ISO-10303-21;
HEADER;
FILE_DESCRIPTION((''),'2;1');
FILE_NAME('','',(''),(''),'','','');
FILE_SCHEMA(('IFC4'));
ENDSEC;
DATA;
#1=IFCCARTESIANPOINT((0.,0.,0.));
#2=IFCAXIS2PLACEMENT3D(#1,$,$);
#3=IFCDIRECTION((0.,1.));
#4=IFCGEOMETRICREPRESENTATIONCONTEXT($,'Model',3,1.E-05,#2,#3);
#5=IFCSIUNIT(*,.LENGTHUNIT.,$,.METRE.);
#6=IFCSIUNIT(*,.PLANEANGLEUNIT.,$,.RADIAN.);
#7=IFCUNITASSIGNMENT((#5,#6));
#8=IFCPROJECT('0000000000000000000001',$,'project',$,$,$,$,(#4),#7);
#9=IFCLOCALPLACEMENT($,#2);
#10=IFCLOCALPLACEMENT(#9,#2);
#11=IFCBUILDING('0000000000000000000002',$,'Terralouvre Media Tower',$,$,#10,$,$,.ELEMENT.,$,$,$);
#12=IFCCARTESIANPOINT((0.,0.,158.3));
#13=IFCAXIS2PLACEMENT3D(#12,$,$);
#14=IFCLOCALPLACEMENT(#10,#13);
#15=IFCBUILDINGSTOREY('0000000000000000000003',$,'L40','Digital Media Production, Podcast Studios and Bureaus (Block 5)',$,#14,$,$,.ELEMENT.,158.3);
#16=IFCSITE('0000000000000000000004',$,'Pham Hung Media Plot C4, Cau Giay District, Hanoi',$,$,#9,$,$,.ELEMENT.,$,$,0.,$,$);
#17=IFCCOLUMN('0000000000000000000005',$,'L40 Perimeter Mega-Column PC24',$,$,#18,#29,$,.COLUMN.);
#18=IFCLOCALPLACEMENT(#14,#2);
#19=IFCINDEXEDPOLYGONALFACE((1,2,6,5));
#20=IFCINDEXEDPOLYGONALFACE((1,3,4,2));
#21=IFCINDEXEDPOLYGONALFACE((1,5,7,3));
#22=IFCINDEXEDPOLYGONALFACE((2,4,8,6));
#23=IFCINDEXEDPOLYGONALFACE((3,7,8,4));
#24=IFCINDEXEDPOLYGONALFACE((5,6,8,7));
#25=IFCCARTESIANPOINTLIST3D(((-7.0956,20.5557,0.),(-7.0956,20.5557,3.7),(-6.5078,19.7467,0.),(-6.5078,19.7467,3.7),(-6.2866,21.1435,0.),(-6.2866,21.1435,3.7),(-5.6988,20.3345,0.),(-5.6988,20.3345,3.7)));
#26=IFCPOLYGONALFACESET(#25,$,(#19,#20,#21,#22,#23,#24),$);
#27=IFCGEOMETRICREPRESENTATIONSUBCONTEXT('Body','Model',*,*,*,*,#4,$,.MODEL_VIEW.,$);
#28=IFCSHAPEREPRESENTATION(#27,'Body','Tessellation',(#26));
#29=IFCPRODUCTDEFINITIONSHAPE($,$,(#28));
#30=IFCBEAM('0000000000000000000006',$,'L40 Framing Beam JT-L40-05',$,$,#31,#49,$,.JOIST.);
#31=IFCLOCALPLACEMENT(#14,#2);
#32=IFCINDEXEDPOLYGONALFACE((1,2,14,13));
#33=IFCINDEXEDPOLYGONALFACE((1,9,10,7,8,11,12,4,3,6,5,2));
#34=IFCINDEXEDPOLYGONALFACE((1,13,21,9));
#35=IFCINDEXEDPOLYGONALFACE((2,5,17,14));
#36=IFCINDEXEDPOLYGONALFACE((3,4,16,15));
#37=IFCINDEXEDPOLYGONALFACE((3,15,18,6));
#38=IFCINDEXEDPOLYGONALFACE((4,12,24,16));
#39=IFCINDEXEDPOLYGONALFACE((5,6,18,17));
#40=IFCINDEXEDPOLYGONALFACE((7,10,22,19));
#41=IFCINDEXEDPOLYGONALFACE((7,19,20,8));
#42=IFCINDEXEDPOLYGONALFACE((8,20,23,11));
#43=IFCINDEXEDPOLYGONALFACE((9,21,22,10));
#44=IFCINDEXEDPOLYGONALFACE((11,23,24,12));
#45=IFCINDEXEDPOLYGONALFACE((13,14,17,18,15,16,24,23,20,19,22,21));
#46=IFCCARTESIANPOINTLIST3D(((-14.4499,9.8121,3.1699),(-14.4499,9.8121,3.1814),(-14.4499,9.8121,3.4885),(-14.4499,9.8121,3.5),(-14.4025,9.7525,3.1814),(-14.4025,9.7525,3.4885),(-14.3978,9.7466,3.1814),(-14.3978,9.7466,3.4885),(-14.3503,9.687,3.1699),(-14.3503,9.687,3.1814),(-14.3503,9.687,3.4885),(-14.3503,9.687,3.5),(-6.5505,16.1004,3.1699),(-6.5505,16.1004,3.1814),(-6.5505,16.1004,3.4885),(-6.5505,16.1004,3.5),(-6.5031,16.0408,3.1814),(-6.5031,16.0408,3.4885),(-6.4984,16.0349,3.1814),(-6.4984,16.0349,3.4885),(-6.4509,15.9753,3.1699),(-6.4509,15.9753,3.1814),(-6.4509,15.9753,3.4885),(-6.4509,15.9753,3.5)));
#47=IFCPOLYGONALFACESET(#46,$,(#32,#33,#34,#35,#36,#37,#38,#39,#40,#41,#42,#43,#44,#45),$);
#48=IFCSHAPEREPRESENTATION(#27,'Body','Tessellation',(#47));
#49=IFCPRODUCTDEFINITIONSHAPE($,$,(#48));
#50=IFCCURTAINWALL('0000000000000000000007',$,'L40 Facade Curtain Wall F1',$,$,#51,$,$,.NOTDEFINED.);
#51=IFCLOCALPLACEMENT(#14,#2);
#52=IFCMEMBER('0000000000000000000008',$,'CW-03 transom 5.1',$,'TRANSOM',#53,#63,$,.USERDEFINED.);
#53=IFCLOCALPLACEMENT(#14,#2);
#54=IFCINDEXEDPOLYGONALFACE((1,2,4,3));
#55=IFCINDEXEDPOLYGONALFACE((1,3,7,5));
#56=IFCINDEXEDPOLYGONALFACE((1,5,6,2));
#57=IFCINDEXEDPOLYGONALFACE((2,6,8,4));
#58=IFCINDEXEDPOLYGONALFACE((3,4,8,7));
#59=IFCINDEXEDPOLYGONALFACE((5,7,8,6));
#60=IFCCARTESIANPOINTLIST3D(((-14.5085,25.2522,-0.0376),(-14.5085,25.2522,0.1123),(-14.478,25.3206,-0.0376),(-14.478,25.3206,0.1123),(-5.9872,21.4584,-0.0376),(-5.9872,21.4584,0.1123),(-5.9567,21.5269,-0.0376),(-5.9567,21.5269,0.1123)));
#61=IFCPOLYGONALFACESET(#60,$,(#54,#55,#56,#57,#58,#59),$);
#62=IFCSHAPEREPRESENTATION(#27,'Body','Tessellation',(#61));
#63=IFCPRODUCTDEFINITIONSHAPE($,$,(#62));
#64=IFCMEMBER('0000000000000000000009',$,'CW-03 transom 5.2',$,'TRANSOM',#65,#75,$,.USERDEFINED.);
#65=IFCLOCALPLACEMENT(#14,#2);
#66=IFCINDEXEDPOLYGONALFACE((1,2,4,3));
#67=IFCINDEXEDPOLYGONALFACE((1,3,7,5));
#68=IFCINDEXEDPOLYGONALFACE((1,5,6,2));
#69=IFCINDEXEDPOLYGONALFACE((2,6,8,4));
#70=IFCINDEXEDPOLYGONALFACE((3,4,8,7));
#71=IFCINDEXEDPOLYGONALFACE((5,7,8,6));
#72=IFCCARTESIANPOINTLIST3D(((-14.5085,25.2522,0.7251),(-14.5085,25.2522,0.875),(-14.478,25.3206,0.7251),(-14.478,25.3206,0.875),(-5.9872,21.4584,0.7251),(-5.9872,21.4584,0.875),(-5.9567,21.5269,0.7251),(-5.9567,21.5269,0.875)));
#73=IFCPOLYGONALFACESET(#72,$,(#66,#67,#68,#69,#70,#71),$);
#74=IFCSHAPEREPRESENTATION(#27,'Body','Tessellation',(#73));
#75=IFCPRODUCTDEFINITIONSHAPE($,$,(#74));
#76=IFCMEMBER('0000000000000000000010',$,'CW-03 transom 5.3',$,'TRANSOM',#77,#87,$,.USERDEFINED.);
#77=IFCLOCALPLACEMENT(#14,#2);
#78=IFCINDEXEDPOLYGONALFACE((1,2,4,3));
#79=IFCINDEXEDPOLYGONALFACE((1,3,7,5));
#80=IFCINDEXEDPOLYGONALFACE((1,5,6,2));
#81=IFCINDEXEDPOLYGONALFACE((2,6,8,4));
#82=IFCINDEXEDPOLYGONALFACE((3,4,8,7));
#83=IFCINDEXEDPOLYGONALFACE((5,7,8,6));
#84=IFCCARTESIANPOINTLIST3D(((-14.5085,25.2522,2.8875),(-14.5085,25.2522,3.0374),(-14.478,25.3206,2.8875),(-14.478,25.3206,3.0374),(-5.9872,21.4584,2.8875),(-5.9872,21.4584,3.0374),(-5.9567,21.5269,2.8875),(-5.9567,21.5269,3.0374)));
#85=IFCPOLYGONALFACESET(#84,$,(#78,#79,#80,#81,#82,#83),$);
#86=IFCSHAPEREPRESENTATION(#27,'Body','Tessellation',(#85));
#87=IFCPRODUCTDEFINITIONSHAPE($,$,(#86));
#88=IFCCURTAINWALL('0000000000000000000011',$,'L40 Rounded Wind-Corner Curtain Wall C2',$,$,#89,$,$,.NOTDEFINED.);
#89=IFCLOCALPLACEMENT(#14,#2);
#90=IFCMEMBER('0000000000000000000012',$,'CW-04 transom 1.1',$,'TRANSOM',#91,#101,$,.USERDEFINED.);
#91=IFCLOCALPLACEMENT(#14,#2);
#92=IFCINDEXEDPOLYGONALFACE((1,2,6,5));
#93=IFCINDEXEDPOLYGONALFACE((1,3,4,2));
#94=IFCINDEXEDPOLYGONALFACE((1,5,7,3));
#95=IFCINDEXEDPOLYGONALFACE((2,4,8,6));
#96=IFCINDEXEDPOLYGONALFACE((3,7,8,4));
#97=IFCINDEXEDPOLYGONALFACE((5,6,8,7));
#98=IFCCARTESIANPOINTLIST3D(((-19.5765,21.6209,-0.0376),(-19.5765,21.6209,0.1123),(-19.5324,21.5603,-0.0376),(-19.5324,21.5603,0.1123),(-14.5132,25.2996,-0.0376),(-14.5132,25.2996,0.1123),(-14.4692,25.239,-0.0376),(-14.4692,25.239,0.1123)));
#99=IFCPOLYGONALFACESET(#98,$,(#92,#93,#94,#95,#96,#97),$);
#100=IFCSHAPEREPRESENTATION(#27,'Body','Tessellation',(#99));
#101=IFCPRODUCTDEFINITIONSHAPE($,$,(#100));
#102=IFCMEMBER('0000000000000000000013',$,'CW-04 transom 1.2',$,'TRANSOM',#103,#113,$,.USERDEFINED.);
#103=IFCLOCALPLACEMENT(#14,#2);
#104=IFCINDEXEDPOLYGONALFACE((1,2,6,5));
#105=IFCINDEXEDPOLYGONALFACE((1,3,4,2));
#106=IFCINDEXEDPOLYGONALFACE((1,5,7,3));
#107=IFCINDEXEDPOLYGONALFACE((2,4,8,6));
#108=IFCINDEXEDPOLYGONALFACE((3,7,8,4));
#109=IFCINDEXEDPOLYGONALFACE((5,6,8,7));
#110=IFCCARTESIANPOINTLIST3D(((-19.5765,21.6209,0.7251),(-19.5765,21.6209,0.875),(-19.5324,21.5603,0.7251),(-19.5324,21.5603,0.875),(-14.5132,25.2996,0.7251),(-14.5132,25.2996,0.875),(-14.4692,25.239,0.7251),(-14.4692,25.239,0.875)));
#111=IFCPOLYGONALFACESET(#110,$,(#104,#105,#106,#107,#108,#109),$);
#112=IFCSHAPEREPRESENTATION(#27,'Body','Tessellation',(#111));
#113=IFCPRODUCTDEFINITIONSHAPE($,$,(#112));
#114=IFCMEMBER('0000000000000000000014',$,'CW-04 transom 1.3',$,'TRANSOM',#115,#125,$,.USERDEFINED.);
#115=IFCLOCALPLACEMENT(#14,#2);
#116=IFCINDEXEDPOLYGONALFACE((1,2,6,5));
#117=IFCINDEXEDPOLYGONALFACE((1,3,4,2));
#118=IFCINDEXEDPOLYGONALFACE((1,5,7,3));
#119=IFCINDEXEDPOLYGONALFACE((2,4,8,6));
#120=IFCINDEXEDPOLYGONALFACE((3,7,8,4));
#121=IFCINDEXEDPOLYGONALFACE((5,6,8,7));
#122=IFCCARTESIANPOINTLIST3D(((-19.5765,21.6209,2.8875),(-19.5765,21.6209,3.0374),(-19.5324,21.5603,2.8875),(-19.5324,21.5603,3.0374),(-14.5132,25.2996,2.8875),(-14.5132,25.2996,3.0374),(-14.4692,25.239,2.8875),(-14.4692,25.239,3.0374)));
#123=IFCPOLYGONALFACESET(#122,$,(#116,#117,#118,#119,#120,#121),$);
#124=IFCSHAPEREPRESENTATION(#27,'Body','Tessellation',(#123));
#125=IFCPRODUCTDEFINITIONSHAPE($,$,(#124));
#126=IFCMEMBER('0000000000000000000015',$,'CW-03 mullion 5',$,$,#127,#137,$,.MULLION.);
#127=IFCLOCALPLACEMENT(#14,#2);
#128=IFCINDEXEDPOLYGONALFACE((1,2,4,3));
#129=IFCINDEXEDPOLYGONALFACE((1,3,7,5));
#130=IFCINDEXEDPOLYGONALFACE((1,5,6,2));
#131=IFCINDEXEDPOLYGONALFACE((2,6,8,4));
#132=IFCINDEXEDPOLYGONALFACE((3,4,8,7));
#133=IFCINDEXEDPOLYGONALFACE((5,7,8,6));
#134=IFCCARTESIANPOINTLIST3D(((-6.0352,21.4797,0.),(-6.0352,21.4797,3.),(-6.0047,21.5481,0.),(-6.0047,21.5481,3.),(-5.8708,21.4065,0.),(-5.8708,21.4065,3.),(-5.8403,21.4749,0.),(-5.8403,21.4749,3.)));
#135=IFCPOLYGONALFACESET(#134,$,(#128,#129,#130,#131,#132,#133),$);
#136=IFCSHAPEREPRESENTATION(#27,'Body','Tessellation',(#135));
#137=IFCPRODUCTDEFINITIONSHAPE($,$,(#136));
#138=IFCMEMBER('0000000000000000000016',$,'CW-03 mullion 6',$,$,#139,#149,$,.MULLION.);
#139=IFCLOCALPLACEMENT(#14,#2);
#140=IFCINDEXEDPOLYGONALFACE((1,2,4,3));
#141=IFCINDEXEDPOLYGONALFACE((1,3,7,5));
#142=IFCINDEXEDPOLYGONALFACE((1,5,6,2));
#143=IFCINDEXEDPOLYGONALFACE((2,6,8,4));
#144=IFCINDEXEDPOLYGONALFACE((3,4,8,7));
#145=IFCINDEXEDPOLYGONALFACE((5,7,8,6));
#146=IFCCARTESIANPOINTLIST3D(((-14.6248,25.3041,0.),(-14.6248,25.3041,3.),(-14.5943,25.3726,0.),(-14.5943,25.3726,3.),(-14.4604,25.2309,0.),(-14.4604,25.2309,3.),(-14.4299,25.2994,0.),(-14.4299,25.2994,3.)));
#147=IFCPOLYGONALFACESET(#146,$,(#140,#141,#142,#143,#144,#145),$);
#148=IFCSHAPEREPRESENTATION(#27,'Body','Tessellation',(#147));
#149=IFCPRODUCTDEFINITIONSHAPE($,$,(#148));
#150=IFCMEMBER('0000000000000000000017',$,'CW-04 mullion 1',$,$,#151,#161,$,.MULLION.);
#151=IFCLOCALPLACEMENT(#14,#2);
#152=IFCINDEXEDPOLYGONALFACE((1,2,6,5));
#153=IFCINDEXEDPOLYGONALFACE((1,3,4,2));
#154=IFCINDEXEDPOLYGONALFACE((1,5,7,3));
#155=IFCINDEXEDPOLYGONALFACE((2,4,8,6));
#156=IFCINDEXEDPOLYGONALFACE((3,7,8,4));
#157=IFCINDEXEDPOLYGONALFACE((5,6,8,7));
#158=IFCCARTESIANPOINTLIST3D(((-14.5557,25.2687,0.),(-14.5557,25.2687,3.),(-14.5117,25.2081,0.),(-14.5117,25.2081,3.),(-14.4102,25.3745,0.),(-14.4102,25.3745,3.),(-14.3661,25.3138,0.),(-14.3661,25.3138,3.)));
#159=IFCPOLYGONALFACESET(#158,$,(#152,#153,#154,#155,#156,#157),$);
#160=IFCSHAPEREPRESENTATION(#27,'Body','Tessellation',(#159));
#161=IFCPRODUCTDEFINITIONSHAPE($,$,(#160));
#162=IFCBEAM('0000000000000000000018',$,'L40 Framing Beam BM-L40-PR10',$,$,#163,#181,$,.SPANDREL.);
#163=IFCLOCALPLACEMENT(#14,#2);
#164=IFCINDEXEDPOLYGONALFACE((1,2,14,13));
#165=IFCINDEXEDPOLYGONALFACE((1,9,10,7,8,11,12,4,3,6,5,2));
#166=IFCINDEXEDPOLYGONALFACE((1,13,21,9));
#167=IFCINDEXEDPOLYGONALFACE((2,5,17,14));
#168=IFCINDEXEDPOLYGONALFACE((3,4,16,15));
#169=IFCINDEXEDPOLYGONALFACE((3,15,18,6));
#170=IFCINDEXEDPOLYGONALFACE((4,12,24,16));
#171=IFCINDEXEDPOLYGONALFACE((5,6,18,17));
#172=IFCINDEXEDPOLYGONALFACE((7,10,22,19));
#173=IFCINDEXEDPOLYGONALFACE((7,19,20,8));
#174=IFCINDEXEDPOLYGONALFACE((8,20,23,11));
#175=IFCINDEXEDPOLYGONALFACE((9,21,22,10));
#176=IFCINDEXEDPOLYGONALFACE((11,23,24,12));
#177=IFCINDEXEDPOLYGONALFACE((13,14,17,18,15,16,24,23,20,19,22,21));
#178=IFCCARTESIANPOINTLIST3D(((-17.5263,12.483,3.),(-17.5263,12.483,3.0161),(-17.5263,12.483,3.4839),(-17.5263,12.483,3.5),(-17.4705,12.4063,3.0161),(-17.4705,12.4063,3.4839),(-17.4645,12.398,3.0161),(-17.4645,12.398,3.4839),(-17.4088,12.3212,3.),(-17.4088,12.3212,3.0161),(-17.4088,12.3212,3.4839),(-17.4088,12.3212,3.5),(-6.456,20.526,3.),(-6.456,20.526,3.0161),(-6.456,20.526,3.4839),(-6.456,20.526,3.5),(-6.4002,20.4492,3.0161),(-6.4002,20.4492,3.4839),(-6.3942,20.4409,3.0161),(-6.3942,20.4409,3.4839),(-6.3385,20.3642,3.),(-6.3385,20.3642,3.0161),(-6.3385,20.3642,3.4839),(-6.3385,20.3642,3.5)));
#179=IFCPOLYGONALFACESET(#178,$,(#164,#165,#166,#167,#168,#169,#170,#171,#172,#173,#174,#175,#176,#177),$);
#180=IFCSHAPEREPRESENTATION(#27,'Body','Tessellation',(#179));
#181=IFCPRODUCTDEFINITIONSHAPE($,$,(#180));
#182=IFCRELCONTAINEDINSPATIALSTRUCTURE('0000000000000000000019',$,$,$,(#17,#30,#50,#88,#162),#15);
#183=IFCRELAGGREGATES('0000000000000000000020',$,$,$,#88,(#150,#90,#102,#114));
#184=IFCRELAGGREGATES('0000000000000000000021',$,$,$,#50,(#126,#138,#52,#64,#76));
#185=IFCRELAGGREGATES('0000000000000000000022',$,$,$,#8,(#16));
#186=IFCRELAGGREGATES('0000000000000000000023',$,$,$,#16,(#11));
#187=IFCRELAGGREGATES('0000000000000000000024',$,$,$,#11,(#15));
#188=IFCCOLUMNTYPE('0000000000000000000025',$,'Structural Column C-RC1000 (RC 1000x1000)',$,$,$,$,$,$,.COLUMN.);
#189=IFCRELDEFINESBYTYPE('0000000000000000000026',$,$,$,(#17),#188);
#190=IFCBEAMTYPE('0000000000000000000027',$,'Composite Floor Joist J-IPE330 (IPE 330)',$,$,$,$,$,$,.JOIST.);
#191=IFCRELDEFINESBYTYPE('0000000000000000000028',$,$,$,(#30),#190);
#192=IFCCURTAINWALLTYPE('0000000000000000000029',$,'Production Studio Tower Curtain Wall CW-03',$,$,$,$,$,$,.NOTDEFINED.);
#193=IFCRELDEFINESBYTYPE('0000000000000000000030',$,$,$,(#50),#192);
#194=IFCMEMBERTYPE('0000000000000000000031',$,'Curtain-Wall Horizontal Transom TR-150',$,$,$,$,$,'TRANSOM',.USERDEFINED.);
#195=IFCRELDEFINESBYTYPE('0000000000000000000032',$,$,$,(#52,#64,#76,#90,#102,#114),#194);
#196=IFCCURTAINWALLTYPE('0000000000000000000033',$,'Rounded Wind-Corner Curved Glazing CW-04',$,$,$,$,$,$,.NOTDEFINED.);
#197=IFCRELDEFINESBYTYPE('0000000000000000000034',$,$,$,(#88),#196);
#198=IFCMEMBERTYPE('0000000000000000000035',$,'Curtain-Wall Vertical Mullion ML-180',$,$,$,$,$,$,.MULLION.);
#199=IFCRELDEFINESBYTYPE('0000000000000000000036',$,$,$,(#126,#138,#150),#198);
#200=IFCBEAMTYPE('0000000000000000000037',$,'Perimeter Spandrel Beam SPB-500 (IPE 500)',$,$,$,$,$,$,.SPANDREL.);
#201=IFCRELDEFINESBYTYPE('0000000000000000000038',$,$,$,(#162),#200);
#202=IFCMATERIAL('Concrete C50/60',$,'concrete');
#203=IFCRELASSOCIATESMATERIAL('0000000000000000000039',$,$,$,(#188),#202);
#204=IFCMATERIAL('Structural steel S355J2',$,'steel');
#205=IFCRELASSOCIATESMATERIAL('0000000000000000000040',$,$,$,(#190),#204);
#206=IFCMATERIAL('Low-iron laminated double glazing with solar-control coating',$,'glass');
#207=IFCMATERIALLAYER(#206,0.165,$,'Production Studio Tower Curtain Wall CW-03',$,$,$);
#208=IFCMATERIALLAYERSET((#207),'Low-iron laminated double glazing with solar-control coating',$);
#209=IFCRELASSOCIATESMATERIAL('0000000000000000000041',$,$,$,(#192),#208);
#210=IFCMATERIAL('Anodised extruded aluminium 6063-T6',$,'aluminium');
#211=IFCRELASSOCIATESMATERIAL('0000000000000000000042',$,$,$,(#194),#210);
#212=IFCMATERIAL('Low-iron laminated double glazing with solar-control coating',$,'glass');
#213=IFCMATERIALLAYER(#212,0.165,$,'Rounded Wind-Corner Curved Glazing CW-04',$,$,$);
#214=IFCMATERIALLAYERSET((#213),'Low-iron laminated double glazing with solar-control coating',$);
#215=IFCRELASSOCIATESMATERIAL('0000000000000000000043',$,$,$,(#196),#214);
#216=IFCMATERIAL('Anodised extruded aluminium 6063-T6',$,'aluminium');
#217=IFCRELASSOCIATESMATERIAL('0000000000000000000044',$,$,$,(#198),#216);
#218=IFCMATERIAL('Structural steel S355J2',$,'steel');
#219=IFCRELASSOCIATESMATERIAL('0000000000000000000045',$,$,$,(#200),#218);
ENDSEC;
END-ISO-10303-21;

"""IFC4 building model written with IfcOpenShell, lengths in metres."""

from ifc_helpers import new_model, si_unit, direction, frame, origin, origin_2d, place, context, subcontext, project, spatial, rectangle, i_section, extrude, material, layer, layer_set, material_profile, profile_set, type_object, element, aggregate, save


model = new_model("IFC4")

# Units and contexts
model_context = context("Model", 3, precision=1e-05, world=origin(), true_north=direction((0.0, 1.0)))
body_context = subcontext(model_context, "Body", "Model", "MODEL_VIEW")
ifc_project = project(units=[si_unit("LENGTHUNIT", "METRE"), si_unit("PLANEANGLEUNIT", "RADIAN")], contexts=[model_context])

# Site, building, storey
site_placement = place(None, origin())
site = spatial("IfcSite", under=ifc_project, at=site_placement, Name="Pham Hung Media Plot C4, Cau Giay District, Hanoi", CompositionType="ELEMENT", RefElevation=0.0)
building_placement = place(site_placement, origin())
building = spatial("IfcBuilding", under=site, at=building_placement, Name="Terralouvre Media Tower", CompositionType="ELEMENT")
storey_placement = place(building_placement, frame((0.0, 0.0, 158.3)))
storey = spatial("IfcBuildingStorey", under=building, at=storey_placement, Name="L40", Description="Digital Media Production, Podcast Studios and Bureaus (Block 5)", CompositionType="ELEMENT", Elevation=158.3)

# Column
ifc_material_1 = material(Name="Concrete C50/60", Category="concrete")
ifc_material_profile_1 = material_profile(ifc_material_1, rectangle(XDim=1.0, YDim=1.0, at=origin_2d()), Name="RC 1000x1000")
ifc_profile_set_1 = profile_set([ifc_material_profile_1], Name="Concrete C50/60")
column_type = type_object("IfcColumnType", Name="Structural Column C-RC1000 (RC 1000x1000)", PredefinedType="COLUMN", material=ifc_profile_set_1)
column_placement = place(storey_placement, frame((-6.3972, 20.4451, 0.0), z_axis=(0.0, 0.0, 1.0), x_axis=(0.809017, 0.587785, 0.0)))
element("IfcColumn", 1, at=column_placement, inside=storey, type_object=column_type, Name="L40 Perimeter Mega-Column PC24", PredefinedType="COLUMN", context=body_context, shape_type="SweptSolid", body=[
    extrude(rectangle(XDim=1.0, YDim=1.0, at=origin_2d()), origin(), (0.0, 0.0, 1.0), 3.7),
])

# Beam
ifc_material_2 = material(Name="Structural steel S355J2", Category="steel")
ifc_material_profile_2 = material_profile(ifc_material_2, i_section(OverallWidth=0.1599, OverallDepth=0.3301, WebThickness=0.0076, FlangeThickness=0.0115, at=origin_2d()), Name="IPE 330")
ifc_profile_set_2 = profile_set([ifc_material_profile_2], Name="Structural steel S355J2")
beam_type_1 = type_object("IfcBeamType", Name="Composite Floor Joist J-IPE330 (IPE 330)", PredefinedType="JOIST", material=ifc_profile_set_2)
beam_1_placement = place(storey_placement, frame((-6.5007, 16.0378, 3.335), z_axis=(-0.782374, -0.622809, 0.0), x_axis=(0.622809, -0.782374, 0.0)))
element("IfcBeam", 2, at=beam_1_placement, inside=storey, type_object=beam_type_1, Name="L40 Framing Beam JT-L40-05", PredefinedType="JOIST", context=body_context, shape_type="SweptSolid", body=[
    extrude(i_section(OverallWidth=0.1599, OverallDepth=0.3301, WebThickness=0.0076, FlangeThickness=0.0115, at=origin_2d()), origin(), (0.0, 0.0, 1.0), 10.0967),
])

# Curtain walls, members
ifc_material_3 = material(Name="Low-iron laminated double glazing with solar-control coating", Category="glass")
ifc_layer_1 = layer(ifc_material_3, 0.165, Name="Production Studio Tower Curtain Wall CW-03")
ifc_layer_set_1 = layer_set([ifc_layer_1], Name="Low-iron laminated double glazing with solar-control coating")
curtain_wall_type_1 = type_object("IfcCurtainWallType", Name="Production Studio Tower Curtain Wall CW-03", PredefinedType="NOTDEFINED", material=ifc_layer_set_1)
curtain_wall_1_placement = place(storey_placement, origin())
curtain_wall_1 = element("IfcCurtainWall", 3, at=curtain_wall_1_placement, inside=storey, type_object=curtain_wall_type_1, Name="L40 Facade Curtain Wall F1", PredefinedType="NOTDEFINED")
ifc_material_4 = material(Name="Anodised extruded aluminium 6063-T6", Category="aluminium")
ifc_material_profile_3 = material_profile(ifc_material_4, rectangle(XDim=0.075, YDim=0.1499, at=origin_2d()), Name="ALU 75x150")
ifc_profile_set_3 = profile_set([ifc_material_profile_3], Name="Anodised extruded aluminium 6063-T6")
member_type_1 = type_object("IfcMemberType", Name="Curtain-Wall Horizontal Transom TR-150", ElementType="TRANSOM", PredefinedType="USERDEFINED", material=ifc_profile_set_3)
member_1_placement = place(storey_placement, frame((-5.9719, 21.4927, 0.0374), z_axis=(-0.913553, 0.406719, 0.0), x_axis=(-0.406719, -0.913553, 0.0)))
member_1 = element("IfcMember", 4, at=member_1_placement, type_object=member_type_1, Name="CW-03 transom 5.1", ObjectType="TRANSOM", PredefinedType="USERDEFINED", context=body_context, shape_type="SweptSolid", body=[
    extrude(rectangle(XDim=0.075, YDim=0.1499, at=origin_2d()), origin(), (0.0, 0.0, 1.0), 9.3276),
])
member_2_placement = place(storey_placement, frame((-5.9719, 21.4927, 0.8), z_axis=(-0.913553, 0.406719, 0.0), x_axis=(-0.406719, -0.913553, 0.0)))
member_2 = element("IfcMember", 5, at=member_2_placement, type_object=member_type_1, Name="CW-03 transom 5.2", ObjectType="TRANSOM", PredefinedType="USERDEFINED", context=body_context, shape_type="SweptSolid", body=[
    extrude(rectangle(XDim=0.075, YDim=0.1499, at=origin_2d()), origin(), (0.0, 0.0, 1.0), 9.3276),
])
member_3_placement = place(storey_placement, frame((-5.9719, 21.4927, 2.9624), z_axis=(-0.913553, 0.406719, 0.0), x_axis=(-0.406719, -0.913553, 0.0)))
member_3 = element("IfcMember", 6, at=member_3_placement, type_object=member_type_1, Name="CW-03 transom 5.3", ObjectType="TRANSOM", PredefinedType="USERDEFINED", context=body_context, shape_type="SweptSolid", body=[
    extrude(rectangle(XDim=0.075, YDim=0.1499, at=origin_2d()), origin(), (0.0, 0.0, 1.0), 9.3276),
])
ifc_material_5 = material(Name="Low-iron laminated double glazing with solar-control coating", Category="glass")
ifc_layer_2 = layer(ifc_material_5, 0.165, Name="Rounded Wind-Corner Curved Glazing CW-04")
ifc_layer_set_2 = layer_set([ifc_layer_2], Name="Low-iron laminated double glazing with solar-control coating")
curtain_wall_type_2 = type_object("IfcCurtainWallType", Name="Rounded Wind-Corner Curved Glazing CW-04", PredefinedType="NOTDEFINED", material=ifc_layer_set_2)
curtain_wall_2_placement = place(storey_placement, origin())
curtain_wall_2 = element("IfcCurtainWall", 7, at=curtain_wall_2_placement, inside=storey, type_object=curtain_wall_type_2, Name="L40 Rounded Wind-Corner Curtain Wall C2", PredefinedType="NOTDEFINED")
member_4_placement = place(storey_placement, frame((-14.4912, 25.2693, 0.0374), z_axis=(-0.809013, -0.587791, 0.0), x_axis=(0.587791, -0.809013, 0.0)))
member_4 = element("IfcMember", 8, at=member_4_placement, type_object=member_type_1, Name="CW-04 transom 1.1", ObjectType="TRANSOM", PredefinedType="USERDEFINED", context=body_context, shape_type="SweptSolid", body=[
    extrude(rectangle(XDim=0.075, YDim=0.1499, at=origin_2d()), origin(), (0.0, 0.0, 1.0), 6.2585),
])
member_5_placement = place(storey_placement, frame((-14.4912, 25.2693, 0.8), z_axis=(-0.809013, -0.587791, 0.0), x_axis=(0.587791, -0.809013, 0.0)))
member_5 = element("IfcMember", 9, at=member_5_placement, type_object=member_type_1, Name="CW-04 transom 1.2", ObjectType="TRANSOM", PredefinedType="USERDEFINED", context=body_context, shape_type="SweptSolid", body=[
    extrude(rectangle(XDim=0.075, YDim=0.1499, at=origin_2d()), origin(), (0.0, 0.0, 1.0), 6.2585),
])
member_6_placement = place(storey_placement, frame((-14.4912, 25.2693, 2.9624), z_axis=(-0.809013, -0.587791, 0.0), x_axis=(0.587791, -0.809013, 0.0)))
member_6 = element("IfcMember", 10, at=member_6_placement, type_object=member_type_1, Name="CW-04 transom 1.3", ObjectType="TRANSOM", PredefinedType="USERDEFINED", context=body_context, shape_type="SweptSolid", body=[
    extrude(rectangle(XDim=0.075, YDim=0.1499, at=origin_2d()), origin(), (0.0, 0.0, 1.0), 6.2585),
])

# Members
ifc_material_6 = material(Name="Anodised extruded aluminium 6063-T6", Category="aluminium")
ifc_material_profile_4 = material_profile(ifc_material_6, rectangle(XDim=0.075, YDim=0.1799, at=origin_2d()), Name="ALU 75x180")
ifc_profile_set_4 = profile_set([ifc_material_profile_4], Name="Anodised extruded aluminium 6063-T6")
member_type_2 = type_object("IfcMemberType", Name="Curtain-Wall Vertical Mullion ML-180", PredefinedType="MULLION", material=ifc_profile_set_4)
member_7_placement = place(storey_placement, frame((-5.9377, 21.4773, 0.0), z_axis=(0.0, 0.0, 1.0), x_axis=(-0.406737, -0.913545, 0.0)))
member_7 = element("IfcMember", 11, at=member_7_placement, type_object=member_type_2, Name="CW-03 mullion 5", PredefinedType="MULLION", context=body_context, shape_type="SweptSolid", body=[
    extrude(rectangle(XDim=0.075, YDim=0.1799, at=origin_2d()), origin(), (0.0, 0.0, 1.0), 3.0),
])
member_8_placement = place(storey_placement, frame((-14.5273, 25.3018, 0.0), z_axis=(0.0, 0.0, 1.0), x_axis=(-0.406737, -0.913545, 0.0)))
member_8 = element("IfcMember", 12, at=member_8_placement, type_object=member_type_2, Name="CW-03 mullion 6", PredefinedType="MULLION", context=body_context, shape_type="SweptSolid", body=[
    extrude(rectangle(XDim=0.075, YDim=0.1799, at=origin_2d()), origin(), (0.0, 0.0, 1.0), 3.0),
])
member_9_placement = place(storey_placement, frame((-14.4609, 25.2913, 0.0), z_axis=(0.0, 0.0, 1.0), x_axis=(0.587785, -0.809017, 0.0)))
member_9 = element("IfcMember", 13, at=member_9_placement, type_object=member_type_2, Name="CW-04 mullion 1", PredefinedType="MULLION", context=body_context, shape_type="SweptSolid", body=[
    extrude(rectangle(XDim=0.075, YDim=0.1799, at=origin_2d()), origin(), (0.0, 0.0, 1.0), 3.0),
])
aggregate(curtain_wall_2, [member_9, member_4, member_5, member_6])

# Beam
ifc_material_7 = material(Name="Structural steel S355J2", Category="steel")
ifc_material_profile_5 = material_profile(ifc_material_7, i_section(OverallWidth=0.2, OverallDepth=0.5, WebThickness=0.0103, FlangeThickness=0.0161, at=origin_2d()), Name="IPE 500")
ifc_profile_set_5 = profile_set([ifc_material_profile_5], Name="Structural steel S355J2")
beam_type_2 = type_object("IfcBeamType", Name="Perimeter Spandrel Beam SPB-500 (IPE 500)", PredefinedType="SPANDREL", material=ifc_profile_set_5)
beam_2_placement = place(storey_placement, frame((-6.3972, 20.4451, 3.25), z_axis=(-0.80902, -0.587781, 0.0), x_axis=(0.587781, -0.80902, 0.0)))
element("IfcBeam", 14, at=beam_2_placement, inside=storey, type_object=beam_type_2, Name="L40 Framing Beam BM-L40-PR10", PredefinedType="SPANDREL", context=body_context, shape_type="SweptSolid", body=[
    extrude(i_section(OverallWidth=0.2, OverallDepth=0.5, WebThickness=0.0103, FlangeThickness=0.0161, at=origin_2d()), origin(), (0.0, 0.0, 1.0), 13.6836),
])

aggregate(curtain_wall_1, [member_7, member_8, member_1, member_2, member_3])

save(model, "model.ifc")
